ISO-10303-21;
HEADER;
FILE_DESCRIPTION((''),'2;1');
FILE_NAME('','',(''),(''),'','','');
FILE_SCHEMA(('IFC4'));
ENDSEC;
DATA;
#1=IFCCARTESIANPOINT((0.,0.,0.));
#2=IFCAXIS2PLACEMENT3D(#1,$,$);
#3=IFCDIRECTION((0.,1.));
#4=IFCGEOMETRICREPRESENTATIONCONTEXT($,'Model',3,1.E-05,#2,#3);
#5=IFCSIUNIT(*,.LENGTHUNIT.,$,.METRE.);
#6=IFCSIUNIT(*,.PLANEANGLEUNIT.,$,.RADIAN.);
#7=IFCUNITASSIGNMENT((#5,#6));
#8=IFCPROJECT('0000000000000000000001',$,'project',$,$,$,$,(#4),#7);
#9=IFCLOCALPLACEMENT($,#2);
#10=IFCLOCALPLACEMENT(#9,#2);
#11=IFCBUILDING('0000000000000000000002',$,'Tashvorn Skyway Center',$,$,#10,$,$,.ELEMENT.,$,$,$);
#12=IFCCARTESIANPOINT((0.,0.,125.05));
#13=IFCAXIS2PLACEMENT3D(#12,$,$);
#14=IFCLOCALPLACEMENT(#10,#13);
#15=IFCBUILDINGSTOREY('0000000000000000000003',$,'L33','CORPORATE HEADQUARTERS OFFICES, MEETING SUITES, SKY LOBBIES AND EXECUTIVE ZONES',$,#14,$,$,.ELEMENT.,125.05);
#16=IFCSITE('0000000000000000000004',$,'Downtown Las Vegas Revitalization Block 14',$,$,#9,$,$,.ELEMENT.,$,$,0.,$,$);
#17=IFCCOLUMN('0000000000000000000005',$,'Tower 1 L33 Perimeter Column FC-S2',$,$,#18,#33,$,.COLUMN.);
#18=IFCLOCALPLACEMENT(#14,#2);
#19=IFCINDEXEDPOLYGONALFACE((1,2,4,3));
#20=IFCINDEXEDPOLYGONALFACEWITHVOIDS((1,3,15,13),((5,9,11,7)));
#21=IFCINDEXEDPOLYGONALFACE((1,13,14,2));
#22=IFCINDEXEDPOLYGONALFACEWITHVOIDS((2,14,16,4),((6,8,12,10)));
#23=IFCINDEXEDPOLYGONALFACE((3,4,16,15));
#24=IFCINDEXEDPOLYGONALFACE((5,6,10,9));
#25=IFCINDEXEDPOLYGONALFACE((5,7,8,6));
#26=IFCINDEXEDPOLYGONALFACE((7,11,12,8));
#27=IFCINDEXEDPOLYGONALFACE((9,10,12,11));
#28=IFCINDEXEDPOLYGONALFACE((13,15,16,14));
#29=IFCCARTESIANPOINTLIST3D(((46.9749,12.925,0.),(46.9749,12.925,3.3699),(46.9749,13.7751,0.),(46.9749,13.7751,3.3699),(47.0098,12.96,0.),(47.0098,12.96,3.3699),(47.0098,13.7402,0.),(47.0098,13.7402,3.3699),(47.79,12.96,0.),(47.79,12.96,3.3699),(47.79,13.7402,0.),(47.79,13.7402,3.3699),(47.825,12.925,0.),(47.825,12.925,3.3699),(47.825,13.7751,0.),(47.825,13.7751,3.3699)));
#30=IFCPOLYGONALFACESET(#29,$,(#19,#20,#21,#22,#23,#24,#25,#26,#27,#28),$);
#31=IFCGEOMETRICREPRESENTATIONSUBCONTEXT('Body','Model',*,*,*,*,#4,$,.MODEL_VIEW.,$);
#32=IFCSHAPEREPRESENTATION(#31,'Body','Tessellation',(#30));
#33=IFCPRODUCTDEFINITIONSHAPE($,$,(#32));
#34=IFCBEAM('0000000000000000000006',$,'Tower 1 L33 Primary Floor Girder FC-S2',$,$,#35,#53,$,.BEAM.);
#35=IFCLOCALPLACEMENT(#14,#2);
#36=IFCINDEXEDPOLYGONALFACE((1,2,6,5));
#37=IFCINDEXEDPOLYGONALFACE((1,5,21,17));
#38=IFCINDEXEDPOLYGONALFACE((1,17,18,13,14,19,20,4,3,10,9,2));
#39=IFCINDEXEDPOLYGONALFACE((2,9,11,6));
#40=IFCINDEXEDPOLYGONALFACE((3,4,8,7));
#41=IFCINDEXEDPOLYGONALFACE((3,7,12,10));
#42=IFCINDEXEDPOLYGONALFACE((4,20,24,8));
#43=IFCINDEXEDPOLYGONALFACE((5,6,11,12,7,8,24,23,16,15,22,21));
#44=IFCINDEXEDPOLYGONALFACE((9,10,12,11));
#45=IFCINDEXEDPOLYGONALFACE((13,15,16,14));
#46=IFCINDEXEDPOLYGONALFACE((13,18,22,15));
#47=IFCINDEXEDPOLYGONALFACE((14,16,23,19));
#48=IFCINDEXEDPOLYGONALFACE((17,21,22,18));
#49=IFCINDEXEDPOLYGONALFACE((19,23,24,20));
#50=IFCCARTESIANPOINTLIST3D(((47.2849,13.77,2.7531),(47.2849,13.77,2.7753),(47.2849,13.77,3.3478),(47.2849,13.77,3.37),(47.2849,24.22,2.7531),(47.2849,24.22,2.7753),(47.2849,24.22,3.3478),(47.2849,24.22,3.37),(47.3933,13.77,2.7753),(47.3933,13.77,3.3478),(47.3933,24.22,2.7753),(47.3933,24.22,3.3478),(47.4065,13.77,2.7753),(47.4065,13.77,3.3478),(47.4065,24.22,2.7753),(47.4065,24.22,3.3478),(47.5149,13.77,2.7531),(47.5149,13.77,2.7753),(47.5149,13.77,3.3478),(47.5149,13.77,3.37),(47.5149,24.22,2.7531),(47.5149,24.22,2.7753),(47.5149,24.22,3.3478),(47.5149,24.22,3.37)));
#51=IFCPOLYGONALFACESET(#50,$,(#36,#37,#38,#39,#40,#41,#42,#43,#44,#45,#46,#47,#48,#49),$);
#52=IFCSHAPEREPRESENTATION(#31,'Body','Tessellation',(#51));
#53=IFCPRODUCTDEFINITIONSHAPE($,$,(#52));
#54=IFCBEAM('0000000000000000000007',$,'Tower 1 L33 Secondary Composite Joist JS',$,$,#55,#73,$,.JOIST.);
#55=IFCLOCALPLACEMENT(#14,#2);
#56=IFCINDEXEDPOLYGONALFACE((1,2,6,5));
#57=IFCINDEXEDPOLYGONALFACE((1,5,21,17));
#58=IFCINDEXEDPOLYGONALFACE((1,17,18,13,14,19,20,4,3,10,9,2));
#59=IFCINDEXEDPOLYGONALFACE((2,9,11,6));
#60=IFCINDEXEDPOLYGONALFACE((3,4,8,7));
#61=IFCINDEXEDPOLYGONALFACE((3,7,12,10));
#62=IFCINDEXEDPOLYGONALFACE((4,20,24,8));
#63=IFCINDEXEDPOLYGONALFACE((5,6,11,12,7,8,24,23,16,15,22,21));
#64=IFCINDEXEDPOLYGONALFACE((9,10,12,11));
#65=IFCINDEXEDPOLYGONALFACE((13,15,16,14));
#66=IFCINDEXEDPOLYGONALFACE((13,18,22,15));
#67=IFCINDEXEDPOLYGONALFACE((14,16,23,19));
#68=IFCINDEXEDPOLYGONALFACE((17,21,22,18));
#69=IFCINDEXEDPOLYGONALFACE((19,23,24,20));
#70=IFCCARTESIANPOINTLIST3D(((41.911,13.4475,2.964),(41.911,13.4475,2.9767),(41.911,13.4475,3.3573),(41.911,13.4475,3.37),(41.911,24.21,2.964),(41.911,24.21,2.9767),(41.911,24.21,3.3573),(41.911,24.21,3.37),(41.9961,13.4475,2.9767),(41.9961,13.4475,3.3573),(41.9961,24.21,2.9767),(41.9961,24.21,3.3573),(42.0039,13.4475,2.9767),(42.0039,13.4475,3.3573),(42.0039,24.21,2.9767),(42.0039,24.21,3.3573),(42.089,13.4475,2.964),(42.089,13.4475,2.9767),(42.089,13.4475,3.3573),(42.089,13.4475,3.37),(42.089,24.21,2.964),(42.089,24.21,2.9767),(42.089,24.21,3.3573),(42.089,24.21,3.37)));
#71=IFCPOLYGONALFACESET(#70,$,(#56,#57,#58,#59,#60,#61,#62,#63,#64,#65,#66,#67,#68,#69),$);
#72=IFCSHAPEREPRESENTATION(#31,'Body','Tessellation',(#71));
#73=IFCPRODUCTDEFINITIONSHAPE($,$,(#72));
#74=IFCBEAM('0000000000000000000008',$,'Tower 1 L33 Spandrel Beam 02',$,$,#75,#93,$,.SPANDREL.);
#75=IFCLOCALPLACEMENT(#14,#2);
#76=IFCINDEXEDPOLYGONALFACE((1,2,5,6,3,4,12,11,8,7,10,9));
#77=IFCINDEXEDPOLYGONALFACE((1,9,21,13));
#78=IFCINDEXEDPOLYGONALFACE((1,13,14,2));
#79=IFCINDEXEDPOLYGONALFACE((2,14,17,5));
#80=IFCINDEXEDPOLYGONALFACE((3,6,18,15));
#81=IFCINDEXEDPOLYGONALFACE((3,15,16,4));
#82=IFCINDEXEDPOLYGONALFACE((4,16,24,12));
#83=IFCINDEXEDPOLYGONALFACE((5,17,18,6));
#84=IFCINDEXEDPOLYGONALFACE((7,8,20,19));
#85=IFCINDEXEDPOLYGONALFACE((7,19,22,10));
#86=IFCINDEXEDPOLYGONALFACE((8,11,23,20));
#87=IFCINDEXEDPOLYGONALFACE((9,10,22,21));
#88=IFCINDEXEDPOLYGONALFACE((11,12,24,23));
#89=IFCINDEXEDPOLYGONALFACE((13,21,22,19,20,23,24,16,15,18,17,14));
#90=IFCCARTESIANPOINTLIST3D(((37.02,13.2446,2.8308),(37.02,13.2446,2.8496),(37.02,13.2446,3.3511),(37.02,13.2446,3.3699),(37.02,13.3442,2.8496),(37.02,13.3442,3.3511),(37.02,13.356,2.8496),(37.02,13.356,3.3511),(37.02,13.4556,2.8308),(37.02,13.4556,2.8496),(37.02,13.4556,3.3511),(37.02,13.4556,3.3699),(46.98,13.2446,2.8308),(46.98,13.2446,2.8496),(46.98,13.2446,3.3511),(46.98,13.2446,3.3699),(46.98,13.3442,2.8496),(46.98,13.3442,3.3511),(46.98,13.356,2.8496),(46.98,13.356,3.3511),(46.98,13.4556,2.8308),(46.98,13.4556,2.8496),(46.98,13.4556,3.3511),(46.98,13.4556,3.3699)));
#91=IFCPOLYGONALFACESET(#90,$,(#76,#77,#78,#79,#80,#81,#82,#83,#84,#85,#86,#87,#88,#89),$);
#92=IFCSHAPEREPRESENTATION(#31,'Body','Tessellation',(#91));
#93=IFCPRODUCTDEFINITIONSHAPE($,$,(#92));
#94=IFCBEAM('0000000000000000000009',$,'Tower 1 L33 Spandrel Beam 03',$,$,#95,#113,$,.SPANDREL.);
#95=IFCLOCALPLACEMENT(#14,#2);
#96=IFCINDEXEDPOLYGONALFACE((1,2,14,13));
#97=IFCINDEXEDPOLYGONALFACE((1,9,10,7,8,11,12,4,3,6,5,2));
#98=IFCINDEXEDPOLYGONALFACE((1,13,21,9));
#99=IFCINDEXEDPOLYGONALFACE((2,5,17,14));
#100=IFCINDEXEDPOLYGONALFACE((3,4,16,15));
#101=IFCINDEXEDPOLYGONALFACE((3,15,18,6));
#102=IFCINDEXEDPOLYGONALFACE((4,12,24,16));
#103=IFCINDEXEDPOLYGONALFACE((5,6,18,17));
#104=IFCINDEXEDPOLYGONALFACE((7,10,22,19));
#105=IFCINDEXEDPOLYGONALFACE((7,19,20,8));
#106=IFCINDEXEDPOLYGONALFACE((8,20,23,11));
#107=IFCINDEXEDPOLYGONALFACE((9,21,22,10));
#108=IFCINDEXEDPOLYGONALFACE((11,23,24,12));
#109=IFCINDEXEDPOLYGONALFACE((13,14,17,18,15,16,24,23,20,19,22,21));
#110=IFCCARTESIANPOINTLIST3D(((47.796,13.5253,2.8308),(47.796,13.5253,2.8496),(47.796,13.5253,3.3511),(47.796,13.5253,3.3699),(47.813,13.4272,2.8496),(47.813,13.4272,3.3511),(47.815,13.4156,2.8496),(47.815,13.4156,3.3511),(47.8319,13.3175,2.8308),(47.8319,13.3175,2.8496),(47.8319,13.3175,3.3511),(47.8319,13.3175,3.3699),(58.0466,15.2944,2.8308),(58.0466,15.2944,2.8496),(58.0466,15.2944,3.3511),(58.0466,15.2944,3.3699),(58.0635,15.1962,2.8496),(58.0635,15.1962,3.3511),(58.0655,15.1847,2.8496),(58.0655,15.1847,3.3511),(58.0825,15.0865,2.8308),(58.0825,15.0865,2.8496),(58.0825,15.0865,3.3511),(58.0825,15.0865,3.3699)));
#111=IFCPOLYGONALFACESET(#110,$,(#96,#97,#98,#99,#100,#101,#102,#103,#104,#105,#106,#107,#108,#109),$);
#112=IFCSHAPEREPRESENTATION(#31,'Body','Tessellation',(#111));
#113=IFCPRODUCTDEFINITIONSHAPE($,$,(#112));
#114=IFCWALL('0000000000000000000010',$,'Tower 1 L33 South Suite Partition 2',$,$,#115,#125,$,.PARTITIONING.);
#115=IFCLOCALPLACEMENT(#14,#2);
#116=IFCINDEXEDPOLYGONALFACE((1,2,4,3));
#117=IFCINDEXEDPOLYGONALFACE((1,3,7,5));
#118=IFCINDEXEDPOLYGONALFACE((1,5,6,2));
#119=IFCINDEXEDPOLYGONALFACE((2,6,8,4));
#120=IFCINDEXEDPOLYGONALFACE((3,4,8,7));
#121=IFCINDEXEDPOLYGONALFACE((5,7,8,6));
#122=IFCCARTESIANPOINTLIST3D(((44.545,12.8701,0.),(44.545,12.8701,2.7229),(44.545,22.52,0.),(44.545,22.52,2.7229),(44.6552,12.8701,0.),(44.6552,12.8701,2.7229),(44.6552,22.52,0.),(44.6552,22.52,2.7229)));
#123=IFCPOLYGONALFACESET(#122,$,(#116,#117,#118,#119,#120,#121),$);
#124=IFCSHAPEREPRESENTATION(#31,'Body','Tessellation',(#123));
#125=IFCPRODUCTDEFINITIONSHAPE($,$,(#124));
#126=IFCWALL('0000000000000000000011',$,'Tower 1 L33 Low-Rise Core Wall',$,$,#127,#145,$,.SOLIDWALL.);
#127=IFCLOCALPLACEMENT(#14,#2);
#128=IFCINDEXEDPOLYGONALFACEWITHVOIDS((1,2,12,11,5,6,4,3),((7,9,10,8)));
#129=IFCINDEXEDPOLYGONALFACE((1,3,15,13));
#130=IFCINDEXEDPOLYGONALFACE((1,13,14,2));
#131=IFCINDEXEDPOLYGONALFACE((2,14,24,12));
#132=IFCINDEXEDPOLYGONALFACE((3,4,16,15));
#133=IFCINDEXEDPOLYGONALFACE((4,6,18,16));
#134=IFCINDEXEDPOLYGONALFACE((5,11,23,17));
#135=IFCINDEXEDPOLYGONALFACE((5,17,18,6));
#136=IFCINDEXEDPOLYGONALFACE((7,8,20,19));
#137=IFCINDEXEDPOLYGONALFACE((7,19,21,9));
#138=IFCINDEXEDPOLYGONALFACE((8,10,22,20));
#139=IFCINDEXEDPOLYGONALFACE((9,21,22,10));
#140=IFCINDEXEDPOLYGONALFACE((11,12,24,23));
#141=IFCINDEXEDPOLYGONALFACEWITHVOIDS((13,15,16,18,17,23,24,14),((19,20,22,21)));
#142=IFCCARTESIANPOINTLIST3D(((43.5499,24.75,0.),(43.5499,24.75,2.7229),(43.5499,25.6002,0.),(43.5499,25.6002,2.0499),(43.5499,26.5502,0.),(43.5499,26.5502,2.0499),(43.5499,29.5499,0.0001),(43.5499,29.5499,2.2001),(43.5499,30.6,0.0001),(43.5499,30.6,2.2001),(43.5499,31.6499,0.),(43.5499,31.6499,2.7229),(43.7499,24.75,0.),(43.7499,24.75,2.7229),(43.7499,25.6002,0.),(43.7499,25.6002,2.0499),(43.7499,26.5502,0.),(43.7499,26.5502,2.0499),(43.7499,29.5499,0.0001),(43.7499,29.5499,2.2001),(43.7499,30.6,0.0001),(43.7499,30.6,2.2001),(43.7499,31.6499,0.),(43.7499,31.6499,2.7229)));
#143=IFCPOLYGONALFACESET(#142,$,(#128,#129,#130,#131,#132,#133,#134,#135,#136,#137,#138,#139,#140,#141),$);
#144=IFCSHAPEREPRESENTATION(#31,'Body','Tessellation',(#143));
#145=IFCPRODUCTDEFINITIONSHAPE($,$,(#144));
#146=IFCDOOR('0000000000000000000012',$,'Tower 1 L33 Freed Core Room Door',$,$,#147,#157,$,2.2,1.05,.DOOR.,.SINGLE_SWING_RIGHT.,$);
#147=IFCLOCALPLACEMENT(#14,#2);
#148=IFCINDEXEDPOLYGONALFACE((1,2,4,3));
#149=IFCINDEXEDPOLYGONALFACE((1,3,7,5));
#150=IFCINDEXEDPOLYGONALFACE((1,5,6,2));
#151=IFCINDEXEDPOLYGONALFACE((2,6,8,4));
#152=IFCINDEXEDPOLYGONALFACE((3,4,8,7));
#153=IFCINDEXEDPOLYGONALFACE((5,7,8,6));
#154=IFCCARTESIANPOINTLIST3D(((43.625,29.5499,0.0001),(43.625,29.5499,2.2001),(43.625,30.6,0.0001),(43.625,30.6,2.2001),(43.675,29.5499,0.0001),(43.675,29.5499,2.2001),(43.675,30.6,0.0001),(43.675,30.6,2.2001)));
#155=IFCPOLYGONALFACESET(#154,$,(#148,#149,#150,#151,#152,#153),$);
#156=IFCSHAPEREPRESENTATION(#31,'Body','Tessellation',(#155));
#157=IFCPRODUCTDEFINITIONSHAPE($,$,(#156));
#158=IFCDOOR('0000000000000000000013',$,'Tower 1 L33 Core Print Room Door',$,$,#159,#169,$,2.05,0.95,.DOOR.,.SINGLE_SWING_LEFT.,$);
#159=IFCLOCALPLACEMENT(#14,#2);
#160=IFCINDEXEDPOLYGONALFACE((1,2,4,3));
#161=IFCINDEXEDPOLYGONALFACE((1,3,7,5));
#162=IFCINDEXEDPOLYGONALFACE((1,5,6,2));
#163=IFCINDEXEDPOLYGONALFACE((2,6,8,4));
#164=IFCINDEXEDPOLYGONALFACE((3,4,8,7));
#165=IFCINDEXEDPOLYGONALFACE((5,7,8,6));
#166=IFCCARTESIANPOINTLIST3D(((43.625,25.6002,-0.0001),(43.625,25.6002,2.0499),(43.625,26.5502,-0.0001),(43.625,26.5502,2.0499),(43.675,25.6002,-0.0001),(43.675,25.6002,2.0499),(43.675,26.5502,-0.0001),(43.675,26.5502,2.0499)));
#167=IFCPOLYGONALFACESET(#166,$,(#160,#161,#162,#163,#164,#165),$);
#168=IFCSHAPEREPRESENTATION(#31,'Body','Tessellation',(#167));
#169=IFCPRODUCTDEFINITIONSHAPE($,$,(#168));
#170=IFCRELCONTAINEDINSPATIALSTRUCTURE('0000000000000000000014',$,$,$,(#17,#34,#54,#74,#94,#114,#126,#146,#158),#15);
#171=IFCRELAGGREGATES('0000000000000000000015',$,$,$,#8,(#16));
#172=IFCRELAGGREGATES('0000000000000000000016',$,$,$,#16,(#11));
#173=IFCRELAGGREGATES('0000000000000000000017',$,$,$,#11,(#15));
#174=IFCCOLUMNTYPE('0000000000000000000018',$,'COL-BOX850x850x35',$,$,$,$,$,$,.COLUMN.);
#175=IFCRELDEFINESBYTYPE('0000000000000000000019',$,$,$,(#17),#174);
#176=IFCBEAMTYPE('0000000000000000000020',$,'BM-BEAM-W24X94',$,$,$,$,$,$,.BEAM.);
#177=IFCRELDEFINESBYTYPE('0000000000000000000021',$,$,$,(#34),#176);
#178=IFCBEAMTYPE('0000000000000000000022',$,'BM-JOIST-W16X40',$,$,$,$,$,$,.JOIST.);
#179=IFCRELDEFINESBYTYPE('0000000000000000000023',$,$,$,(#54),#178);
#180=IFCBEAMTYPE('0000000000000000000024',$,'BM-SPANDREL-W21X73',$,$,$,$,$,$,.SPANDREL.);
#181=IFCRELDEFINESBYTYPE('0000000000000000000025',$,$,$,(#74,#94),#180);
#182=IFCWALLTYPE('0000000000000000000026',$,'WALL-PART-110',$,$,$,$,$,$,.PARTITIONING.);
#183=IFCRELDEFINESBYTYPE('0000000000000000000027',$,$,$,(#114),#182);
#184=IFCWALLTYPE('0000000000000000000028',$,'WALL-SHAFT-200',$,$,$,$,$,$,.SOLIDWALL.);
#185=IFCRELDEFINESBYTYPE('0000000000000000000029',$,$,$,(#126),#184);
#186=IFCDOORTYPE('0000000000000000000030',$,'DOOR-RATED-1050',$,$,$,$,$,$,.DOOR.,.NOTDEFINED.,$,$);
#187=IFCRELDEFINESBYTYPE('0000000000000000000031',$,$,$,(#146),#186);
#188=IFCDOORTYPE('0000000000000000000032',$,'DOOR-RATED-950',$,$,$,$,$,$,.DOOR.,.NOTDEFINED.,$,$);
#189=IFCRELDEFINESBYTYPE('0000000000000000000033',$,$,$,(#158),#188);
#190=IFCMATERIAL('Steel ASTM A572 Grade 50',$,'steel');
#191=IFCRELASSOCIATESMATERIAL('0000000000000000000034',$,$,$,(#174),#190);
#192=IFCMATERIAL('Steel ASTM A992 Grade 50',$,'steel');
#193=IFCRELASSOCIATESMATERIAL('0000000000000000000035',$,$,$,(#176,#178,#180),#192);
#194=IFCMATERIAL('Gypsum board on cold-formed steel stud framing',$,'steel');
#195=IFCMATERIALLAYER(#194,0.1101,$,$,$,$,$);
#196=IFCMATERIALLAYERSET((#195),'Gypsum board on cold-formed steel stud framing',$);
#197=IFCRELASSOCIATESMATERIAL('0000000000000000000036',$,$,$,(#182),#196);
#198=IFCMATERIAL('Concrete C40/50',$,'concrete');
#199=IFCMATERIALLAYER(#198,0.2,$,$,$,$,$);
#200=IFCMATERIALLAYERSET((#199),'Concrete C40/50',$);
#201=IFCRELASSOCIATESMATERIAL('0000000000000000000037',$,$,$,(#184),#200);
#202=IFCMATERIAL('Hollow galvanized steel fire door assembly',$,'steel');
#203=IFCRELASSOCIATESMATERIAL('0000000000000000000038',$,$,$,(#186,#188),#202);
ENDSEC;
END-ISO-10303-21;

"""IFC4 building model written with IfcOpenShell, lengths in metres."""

from ifc_helpers import new_model, si_unit, direction, frame, frame_2d, origin, origin_2d, place, context, subcontext, project, spatial, rectangle, hollow_rectangle, i_section, extrude, material, layer, layer_set, material_profile, profile_set, type_object, element, fill, save


model = new_model("IFC4")

# Units and contexts
model_context = context("Model", 3, precision=1e-05, world=origin(), true_north=direction((0.0, 1.0)))
body_context = subcontext(model_context, "Body", "Model", "MODEL_VIEW")
ifc_project = project(units=[si_unit("LENGTHUNIT", "METRE"), si_unit("PLANEANGLEUNIT", "RADIAN")], contexts=[model_context])

# Site, building, storey
site_placement = place(None, origin())
site = spatial("IfcSite", under=ifc_project, at=site_placement, Name="Downtown Las Vegas Revitalization Block 14", CompositionType="ELEMENT", RefElevation=0.0)
building_placement = place(site_placement, origin())
building = spatial("IfcBuilding", under=site, at=building_placement, Name="Tashvorn Skyway Center", CompositionType="ELEMENT")
storey_placement = place(building_placement, frame((0.0, 0.0, 125.05)))
storey = spatial("IfcBuildingStorey", under=building, at=storey_placement, Name="L33", Description="CORPORATE HEADQUARTERS OFFICES, MEETING SUITES, SKY LOBBIES AND EXECUTIVE ZONES", CompositionType="ELEMENT", Elevation=125.05)

# Column
ifc_material_1 = material(Name="Steel ASTM A572 Grade 50", Category="steel")
ifc_material_profile_1 = material_profile(ifc_material_1, hollow_rectangle(XDim=0.8501, YDim=0.8501, WallThickness=0.0349, at=origin_2d()), Name="BOX850x850x35")
ifc_profile_set_1 = profile_set([ifc_material_profile_1], Name="Steel ASTM A572 Grade 50")
column_type = type_object("IfcColumnType", Name="COL-BOX850x850x35", PredefinedType="COLUMN", material=ifc_profile_set_1)
column_placement = place(storey_placement, frame((47.3999, 13.3501, 0.0), z_axis=(0.0, 0.0, 1.0), x_axis=(1.0, 0.0, 0.0)))
element("IfcColumn", 1, at=column_placement, inside=storey, type_object=column_type, Name="Tower 1 L33 Perimeter Column FC-S2", PredefinedType="COLUMN", context=body_context, shape_type="SweptSolid", body=[
    extrude(hollow_rectangle(XDim=0.8501, YDim=0.8501, WallThickness=0.0349, at=origin_2d()), origin(), (0.0, 0.0, 1.0), 3.3699),
])

# Beams
ifc_material_2 = material(Name="Steel ASTM A992 Grade 50", Category="steel")
ifc_material_profile_2 = material_profile(ifc_material_2, i_section(OverallWidth=0.23, OverallDepth=0.6169, WebThickness=0.0132, FlangeThickness=0.0222, at=origin_2d()), Name="W24X94")
ifc_profile_set_2 = profile_set([ifc_material_profile_2], Name="Steel ASTM A992 Grade 50")
beam_type_1 = type_object("IfcBeamType", Name="BM-BEAM-W24X94", PredefinedType="BEAM", material=ifc_profile_set_2)
beam_1_placement = place(storey_placement, frame((47.3999, 13.77, 3.0615), z_axis=(0.0, 1.0, 0.0), x_axis=(-1.0, 0.0, 0.0)))
element("IfcBeam", 2, at=beam_1_placement, inside=storey, type_object=beam_type_1, Name="Tower 1 L33 Primary Floor Girder FC-S2", PredefinedType="BEAM", context=body_context, shape_type="SweptSolid", body=[
    extrude(i_section(OverallWidth=0.23, OverallDepth=0.6169, WebThickness=0.0132, FlangeThickness=0.0222, at=origin_2d()), origin(), (0.0, 0.0, 1.0), 10.45),
])
ifc_material_profile_3 = material_profile(ifc_material_2, i_section(OverallWidth=0.178, OverallDepth=0.406, WebThickness=0.0078, FlangeThickness=0.0127, at=origin_2d()), Name="W16X40")
ifc_profile_set_3 = profile_set([ifc_material_profile_3], Name="Steel ASTM A992 Grade 50")
beam_type_2 = type_object("IfcBeamType", Name="BM-JOIST-W16X40", PredefinedType="JOIST", material=ifc_profile_set_3)
beam_2_placement = place(storey_placement, frame((42.0, 24.21, 3.167), z_axis=(0.0, -1.0, 0.0), x_axis=(1.0, 0.0, 0.0)))
element("IfcBeam", 3, at=beam_2_placement, inside=storey, type_object=beam_type_2, Name="Tower 1 L33 Secondary Composite Joist JS", PredefinedType="JOIST", context=body_context, shape_type="SweptSolid", body=[
    extrude(i_section(OverallWidth=0.178, OverallDepth=0.406, WebThickness=0.0078, FlangeThickness=0.0127, at=origin_2d()), origin(), (0.0, 0.0, 1.0), 10.7625),
])
ifc_material_profile_4 = material_profile(ifc_material_2, i_section(OverallWidth=0.2109, OverallDepth=0.5391, WebThickness=0.0117, FlangeThickness=0.0188, at=origin_2d()), Name="W21X73")
ifc_profile_set_4 = profile_set([ifc_material_profile_4], Name="Steel ASTM A992 Grade 50")
beam_type_3 = type_object("IfcBeamType", Name="BM-SPANDREL-W21X73", PredefinedType="SPANDREL", material=ifc_profile_set_4)
beam_3_placement = place(storey_placement, frame((37.02, 13.3501, 3.1003), z_axis=(1.0, 0.0, 0.0), x_axis=(0.0, 1.0, 0.0)))
element("IfcBeam", 4, at=beam_3_placement, inside=storey, type_object=beam_type_3, Name="Tower 1 L33 Spandrel Beam 02", PredefinedType="SPANDREL", context=body_context, shape_type="SweptSolid", body=[
    extrude(i_section(OverallWidth=0.2109, OverallDepth=0.5391, WebThickness=0.0117, FlangeThickness=0.0188, at=origin_2d()), origin(), (0.0, 0.0, 1.0), 9.96),
])
beam_4_placement = place(storey_placement, frame((47.814, 13.4214, 3.1003), z_axis=(0.985432, 0.170067, 0.0), x_axis=(-0.170067, 0.985432, 0.0)))
element("IfcBeam", 5, at=beam_4_placement, inside=storey, type_object=beam_type_3, Name="Tower 1 L33 Spandrel Beam 03", PredefinedType="SPANDREL", context=body_context, shape_type="SweptSolid", body=[
    extrude(i_section(OverallWidth=0.2109, OverallDepth=0.5391, WebThickness=0.0117, FlangeThickness=0.0188, at=origin_2d()), origin(), (0.0, 0.0, 1.0), 10.4021),
])

# Wall
ifc_material_3 = material(Name="Gypsum board on cold-formed steel stud framing", Category="steel")
ifc_layer_1 = layer(ifc_material_3, 0.1101)
ifc_layer_set_1 = layer_set([ifc_layer_1], Name="Gypsum board on cold-formed steel stud framing")
wall_type_1 = type_object("IfcWallType", Name="WALL-PART-110", PredefinedType="PARTITIONING", material=ifc_layer_set_1)
wall_1_placement = place(storey_placement, frame((44.6001, 12.8701, 0.0), z_axis=(0.0, 0.0, 1.0), x_axis=(0.0, 1.0, 0.0)))
element("IfcWall", 6, at=wall_1_placement, inside=storey, type_object=wall_type_1, Name="Tower 1 L33 South Suite Partition 2", PredefinedType="PARTITIONING", context=body_context, shape_type="SweptSolid", body=[
    extrude(rectangle(XDim=9.6499, YDim=0.1101, at=frame_2d((4.825, 0.0))), origin(), (0.0, 0.0, 1.0), 2.7229),
])

# Wall, openings, doors
ifc_material_4 = material(Name="Concrete C40/50", Category="concrete")
ifc_layer_2 = layer(ifc_material_4, 0.2)
ifc_layer_set_2 = layer_set([ifc_layer_2], Name="Concrete C40/50")
wall_type_2 = type_object("IfcWallType", Name="WALL-SHAFT-200", PredefinedType="SOLIDWALL", material=ifc_layer_set_2)
wall_2_placement = place(storey_placement, frame((43.6499, 24.75, 0.0), z_axis=(0.0, 0.0, 1.0), x_axis=(0.0, 1.0, 0.0)))
wall_2 = element("IfcWall", 7, at=wall_2_placement, inside=storey, type_object=wall_type_2, Name="Tower 1 L33 Low-Rise Core Wall", PredefinedType="SOLIDWALL", context=body_context, shape_type="SweptSolid", body=[
    extrude(rectangle(XDim=6.8999, YDim=0.2, at=frame_2d((3.45, 0.0))), origin(), (0.0, 0.0, 1.0), 2.7229),
])
opening_1_placement = place(wall_2_placement, frame((0.8501, 0.0, 0.0)))
opening_1 = element("IfcOpeningElement", 8, at=opening_1_placement, cuts=wall_2, PredefinedType="OPENING", context=body_context, shape_type="SweptSolid", body=[
    extrude(rectangle(XDim=0.95, YDim=2.05, at=frame_2d((0.4751, 1.0249))), frame((0.0, 0.1099, 0.0), z_axis=(0.0, -1.0, 0.0), x_axis=(1.0, 0.0, 0.0)), (0.0, 0.0, 1.0), 0.22),
])
opening_2_placement = place(wall_2_placement, frame((4.8, 0.0, 0.0)))
opening_2 = element("IfcOpeningElement", 9, at=opening_2_placement, cuts=wall_2, PredefinedType="OPENING", context=body_context, shape_type="SweptSolid", body=[
    extrude(rectangle(XDim=1.05, YDim=2.2, at=frame_2d((0.5249, 1.1001))), frame((0.0, 0.1099, 0.0), z_axis=(0.0, -1.0, 0.0), x_axis=(1.0, 0.0, 0.0)), (0.0, 0.0, 1.0), 0.22),
])
ifc_material_5 = material(Name="Hollow galvanized steel fire door assembly", Category="steel")
door_type_1 = type_object("IfcDoorType", Name="DOOR-RATED-1050", OperationType="NOTDEFINED", PredefinedType="DOOR", material=ifc_material_5)
door_1_placement = place(opening_2_placement, origin())
door_1 = element("IfcDoor", 10, at=door_1_placement, inside=storey, type_object=door_type_1, Name="Tower 1 L33 Freed Core Room Door", OperationType="SINGLE_SWING_RIGHT", OverallHeight=2.2, OverallWidth=1.05, PredefinedType="DOOR", context=body_context, shape_type="SweptSolid", body=[
    extrude(rectangle(XDim=1.05, YDim=2.2, at=frame_2d((0.5249, 1.1001))), frame((0.0, 0.0249, 0.0), z_axis=(0.0, -1.0, 0.0), x_axis=(1.0, 0.0, 0.0)), (0.0, 0.0, 1.0), 0.05),
])
fill(opening_2, door_1)
door_type_2 = type_object("IfcDoorType", Name="DOOR-RATED-950", OperationType="NOTDEFINED", PredefinedType="DOOR", material=ifc_material_5)
door_2_placement = place(opening_1_placement, origin())
door_2 = element("IfcDoor", 11, at=door_2_placement, inside=storey, type_object=door_type_2, Name="Tower 1 L33 Core Print Room Door", OperationType="SINGLE_SWING_LEFT", OverallHeight=2.05, OverallWidth=0.95, PredefinedType="DOOR", context=body_context, shape_type="SweptSolid", body=[
    extrude(rectangle(XDim=0.95, YDim=2.05, at=frame_2d((0.4751, 1.0249))), frame((0.0, 0.0249, 0.0), z_axis=(0.0, -1.0, 0.0), x_axis=(1.0, 0.0, 0.0)), (0.0, 0.0, 1.0), 0.05),
])
fill(opening_1, door_2)

save(model, "model.ifc")
